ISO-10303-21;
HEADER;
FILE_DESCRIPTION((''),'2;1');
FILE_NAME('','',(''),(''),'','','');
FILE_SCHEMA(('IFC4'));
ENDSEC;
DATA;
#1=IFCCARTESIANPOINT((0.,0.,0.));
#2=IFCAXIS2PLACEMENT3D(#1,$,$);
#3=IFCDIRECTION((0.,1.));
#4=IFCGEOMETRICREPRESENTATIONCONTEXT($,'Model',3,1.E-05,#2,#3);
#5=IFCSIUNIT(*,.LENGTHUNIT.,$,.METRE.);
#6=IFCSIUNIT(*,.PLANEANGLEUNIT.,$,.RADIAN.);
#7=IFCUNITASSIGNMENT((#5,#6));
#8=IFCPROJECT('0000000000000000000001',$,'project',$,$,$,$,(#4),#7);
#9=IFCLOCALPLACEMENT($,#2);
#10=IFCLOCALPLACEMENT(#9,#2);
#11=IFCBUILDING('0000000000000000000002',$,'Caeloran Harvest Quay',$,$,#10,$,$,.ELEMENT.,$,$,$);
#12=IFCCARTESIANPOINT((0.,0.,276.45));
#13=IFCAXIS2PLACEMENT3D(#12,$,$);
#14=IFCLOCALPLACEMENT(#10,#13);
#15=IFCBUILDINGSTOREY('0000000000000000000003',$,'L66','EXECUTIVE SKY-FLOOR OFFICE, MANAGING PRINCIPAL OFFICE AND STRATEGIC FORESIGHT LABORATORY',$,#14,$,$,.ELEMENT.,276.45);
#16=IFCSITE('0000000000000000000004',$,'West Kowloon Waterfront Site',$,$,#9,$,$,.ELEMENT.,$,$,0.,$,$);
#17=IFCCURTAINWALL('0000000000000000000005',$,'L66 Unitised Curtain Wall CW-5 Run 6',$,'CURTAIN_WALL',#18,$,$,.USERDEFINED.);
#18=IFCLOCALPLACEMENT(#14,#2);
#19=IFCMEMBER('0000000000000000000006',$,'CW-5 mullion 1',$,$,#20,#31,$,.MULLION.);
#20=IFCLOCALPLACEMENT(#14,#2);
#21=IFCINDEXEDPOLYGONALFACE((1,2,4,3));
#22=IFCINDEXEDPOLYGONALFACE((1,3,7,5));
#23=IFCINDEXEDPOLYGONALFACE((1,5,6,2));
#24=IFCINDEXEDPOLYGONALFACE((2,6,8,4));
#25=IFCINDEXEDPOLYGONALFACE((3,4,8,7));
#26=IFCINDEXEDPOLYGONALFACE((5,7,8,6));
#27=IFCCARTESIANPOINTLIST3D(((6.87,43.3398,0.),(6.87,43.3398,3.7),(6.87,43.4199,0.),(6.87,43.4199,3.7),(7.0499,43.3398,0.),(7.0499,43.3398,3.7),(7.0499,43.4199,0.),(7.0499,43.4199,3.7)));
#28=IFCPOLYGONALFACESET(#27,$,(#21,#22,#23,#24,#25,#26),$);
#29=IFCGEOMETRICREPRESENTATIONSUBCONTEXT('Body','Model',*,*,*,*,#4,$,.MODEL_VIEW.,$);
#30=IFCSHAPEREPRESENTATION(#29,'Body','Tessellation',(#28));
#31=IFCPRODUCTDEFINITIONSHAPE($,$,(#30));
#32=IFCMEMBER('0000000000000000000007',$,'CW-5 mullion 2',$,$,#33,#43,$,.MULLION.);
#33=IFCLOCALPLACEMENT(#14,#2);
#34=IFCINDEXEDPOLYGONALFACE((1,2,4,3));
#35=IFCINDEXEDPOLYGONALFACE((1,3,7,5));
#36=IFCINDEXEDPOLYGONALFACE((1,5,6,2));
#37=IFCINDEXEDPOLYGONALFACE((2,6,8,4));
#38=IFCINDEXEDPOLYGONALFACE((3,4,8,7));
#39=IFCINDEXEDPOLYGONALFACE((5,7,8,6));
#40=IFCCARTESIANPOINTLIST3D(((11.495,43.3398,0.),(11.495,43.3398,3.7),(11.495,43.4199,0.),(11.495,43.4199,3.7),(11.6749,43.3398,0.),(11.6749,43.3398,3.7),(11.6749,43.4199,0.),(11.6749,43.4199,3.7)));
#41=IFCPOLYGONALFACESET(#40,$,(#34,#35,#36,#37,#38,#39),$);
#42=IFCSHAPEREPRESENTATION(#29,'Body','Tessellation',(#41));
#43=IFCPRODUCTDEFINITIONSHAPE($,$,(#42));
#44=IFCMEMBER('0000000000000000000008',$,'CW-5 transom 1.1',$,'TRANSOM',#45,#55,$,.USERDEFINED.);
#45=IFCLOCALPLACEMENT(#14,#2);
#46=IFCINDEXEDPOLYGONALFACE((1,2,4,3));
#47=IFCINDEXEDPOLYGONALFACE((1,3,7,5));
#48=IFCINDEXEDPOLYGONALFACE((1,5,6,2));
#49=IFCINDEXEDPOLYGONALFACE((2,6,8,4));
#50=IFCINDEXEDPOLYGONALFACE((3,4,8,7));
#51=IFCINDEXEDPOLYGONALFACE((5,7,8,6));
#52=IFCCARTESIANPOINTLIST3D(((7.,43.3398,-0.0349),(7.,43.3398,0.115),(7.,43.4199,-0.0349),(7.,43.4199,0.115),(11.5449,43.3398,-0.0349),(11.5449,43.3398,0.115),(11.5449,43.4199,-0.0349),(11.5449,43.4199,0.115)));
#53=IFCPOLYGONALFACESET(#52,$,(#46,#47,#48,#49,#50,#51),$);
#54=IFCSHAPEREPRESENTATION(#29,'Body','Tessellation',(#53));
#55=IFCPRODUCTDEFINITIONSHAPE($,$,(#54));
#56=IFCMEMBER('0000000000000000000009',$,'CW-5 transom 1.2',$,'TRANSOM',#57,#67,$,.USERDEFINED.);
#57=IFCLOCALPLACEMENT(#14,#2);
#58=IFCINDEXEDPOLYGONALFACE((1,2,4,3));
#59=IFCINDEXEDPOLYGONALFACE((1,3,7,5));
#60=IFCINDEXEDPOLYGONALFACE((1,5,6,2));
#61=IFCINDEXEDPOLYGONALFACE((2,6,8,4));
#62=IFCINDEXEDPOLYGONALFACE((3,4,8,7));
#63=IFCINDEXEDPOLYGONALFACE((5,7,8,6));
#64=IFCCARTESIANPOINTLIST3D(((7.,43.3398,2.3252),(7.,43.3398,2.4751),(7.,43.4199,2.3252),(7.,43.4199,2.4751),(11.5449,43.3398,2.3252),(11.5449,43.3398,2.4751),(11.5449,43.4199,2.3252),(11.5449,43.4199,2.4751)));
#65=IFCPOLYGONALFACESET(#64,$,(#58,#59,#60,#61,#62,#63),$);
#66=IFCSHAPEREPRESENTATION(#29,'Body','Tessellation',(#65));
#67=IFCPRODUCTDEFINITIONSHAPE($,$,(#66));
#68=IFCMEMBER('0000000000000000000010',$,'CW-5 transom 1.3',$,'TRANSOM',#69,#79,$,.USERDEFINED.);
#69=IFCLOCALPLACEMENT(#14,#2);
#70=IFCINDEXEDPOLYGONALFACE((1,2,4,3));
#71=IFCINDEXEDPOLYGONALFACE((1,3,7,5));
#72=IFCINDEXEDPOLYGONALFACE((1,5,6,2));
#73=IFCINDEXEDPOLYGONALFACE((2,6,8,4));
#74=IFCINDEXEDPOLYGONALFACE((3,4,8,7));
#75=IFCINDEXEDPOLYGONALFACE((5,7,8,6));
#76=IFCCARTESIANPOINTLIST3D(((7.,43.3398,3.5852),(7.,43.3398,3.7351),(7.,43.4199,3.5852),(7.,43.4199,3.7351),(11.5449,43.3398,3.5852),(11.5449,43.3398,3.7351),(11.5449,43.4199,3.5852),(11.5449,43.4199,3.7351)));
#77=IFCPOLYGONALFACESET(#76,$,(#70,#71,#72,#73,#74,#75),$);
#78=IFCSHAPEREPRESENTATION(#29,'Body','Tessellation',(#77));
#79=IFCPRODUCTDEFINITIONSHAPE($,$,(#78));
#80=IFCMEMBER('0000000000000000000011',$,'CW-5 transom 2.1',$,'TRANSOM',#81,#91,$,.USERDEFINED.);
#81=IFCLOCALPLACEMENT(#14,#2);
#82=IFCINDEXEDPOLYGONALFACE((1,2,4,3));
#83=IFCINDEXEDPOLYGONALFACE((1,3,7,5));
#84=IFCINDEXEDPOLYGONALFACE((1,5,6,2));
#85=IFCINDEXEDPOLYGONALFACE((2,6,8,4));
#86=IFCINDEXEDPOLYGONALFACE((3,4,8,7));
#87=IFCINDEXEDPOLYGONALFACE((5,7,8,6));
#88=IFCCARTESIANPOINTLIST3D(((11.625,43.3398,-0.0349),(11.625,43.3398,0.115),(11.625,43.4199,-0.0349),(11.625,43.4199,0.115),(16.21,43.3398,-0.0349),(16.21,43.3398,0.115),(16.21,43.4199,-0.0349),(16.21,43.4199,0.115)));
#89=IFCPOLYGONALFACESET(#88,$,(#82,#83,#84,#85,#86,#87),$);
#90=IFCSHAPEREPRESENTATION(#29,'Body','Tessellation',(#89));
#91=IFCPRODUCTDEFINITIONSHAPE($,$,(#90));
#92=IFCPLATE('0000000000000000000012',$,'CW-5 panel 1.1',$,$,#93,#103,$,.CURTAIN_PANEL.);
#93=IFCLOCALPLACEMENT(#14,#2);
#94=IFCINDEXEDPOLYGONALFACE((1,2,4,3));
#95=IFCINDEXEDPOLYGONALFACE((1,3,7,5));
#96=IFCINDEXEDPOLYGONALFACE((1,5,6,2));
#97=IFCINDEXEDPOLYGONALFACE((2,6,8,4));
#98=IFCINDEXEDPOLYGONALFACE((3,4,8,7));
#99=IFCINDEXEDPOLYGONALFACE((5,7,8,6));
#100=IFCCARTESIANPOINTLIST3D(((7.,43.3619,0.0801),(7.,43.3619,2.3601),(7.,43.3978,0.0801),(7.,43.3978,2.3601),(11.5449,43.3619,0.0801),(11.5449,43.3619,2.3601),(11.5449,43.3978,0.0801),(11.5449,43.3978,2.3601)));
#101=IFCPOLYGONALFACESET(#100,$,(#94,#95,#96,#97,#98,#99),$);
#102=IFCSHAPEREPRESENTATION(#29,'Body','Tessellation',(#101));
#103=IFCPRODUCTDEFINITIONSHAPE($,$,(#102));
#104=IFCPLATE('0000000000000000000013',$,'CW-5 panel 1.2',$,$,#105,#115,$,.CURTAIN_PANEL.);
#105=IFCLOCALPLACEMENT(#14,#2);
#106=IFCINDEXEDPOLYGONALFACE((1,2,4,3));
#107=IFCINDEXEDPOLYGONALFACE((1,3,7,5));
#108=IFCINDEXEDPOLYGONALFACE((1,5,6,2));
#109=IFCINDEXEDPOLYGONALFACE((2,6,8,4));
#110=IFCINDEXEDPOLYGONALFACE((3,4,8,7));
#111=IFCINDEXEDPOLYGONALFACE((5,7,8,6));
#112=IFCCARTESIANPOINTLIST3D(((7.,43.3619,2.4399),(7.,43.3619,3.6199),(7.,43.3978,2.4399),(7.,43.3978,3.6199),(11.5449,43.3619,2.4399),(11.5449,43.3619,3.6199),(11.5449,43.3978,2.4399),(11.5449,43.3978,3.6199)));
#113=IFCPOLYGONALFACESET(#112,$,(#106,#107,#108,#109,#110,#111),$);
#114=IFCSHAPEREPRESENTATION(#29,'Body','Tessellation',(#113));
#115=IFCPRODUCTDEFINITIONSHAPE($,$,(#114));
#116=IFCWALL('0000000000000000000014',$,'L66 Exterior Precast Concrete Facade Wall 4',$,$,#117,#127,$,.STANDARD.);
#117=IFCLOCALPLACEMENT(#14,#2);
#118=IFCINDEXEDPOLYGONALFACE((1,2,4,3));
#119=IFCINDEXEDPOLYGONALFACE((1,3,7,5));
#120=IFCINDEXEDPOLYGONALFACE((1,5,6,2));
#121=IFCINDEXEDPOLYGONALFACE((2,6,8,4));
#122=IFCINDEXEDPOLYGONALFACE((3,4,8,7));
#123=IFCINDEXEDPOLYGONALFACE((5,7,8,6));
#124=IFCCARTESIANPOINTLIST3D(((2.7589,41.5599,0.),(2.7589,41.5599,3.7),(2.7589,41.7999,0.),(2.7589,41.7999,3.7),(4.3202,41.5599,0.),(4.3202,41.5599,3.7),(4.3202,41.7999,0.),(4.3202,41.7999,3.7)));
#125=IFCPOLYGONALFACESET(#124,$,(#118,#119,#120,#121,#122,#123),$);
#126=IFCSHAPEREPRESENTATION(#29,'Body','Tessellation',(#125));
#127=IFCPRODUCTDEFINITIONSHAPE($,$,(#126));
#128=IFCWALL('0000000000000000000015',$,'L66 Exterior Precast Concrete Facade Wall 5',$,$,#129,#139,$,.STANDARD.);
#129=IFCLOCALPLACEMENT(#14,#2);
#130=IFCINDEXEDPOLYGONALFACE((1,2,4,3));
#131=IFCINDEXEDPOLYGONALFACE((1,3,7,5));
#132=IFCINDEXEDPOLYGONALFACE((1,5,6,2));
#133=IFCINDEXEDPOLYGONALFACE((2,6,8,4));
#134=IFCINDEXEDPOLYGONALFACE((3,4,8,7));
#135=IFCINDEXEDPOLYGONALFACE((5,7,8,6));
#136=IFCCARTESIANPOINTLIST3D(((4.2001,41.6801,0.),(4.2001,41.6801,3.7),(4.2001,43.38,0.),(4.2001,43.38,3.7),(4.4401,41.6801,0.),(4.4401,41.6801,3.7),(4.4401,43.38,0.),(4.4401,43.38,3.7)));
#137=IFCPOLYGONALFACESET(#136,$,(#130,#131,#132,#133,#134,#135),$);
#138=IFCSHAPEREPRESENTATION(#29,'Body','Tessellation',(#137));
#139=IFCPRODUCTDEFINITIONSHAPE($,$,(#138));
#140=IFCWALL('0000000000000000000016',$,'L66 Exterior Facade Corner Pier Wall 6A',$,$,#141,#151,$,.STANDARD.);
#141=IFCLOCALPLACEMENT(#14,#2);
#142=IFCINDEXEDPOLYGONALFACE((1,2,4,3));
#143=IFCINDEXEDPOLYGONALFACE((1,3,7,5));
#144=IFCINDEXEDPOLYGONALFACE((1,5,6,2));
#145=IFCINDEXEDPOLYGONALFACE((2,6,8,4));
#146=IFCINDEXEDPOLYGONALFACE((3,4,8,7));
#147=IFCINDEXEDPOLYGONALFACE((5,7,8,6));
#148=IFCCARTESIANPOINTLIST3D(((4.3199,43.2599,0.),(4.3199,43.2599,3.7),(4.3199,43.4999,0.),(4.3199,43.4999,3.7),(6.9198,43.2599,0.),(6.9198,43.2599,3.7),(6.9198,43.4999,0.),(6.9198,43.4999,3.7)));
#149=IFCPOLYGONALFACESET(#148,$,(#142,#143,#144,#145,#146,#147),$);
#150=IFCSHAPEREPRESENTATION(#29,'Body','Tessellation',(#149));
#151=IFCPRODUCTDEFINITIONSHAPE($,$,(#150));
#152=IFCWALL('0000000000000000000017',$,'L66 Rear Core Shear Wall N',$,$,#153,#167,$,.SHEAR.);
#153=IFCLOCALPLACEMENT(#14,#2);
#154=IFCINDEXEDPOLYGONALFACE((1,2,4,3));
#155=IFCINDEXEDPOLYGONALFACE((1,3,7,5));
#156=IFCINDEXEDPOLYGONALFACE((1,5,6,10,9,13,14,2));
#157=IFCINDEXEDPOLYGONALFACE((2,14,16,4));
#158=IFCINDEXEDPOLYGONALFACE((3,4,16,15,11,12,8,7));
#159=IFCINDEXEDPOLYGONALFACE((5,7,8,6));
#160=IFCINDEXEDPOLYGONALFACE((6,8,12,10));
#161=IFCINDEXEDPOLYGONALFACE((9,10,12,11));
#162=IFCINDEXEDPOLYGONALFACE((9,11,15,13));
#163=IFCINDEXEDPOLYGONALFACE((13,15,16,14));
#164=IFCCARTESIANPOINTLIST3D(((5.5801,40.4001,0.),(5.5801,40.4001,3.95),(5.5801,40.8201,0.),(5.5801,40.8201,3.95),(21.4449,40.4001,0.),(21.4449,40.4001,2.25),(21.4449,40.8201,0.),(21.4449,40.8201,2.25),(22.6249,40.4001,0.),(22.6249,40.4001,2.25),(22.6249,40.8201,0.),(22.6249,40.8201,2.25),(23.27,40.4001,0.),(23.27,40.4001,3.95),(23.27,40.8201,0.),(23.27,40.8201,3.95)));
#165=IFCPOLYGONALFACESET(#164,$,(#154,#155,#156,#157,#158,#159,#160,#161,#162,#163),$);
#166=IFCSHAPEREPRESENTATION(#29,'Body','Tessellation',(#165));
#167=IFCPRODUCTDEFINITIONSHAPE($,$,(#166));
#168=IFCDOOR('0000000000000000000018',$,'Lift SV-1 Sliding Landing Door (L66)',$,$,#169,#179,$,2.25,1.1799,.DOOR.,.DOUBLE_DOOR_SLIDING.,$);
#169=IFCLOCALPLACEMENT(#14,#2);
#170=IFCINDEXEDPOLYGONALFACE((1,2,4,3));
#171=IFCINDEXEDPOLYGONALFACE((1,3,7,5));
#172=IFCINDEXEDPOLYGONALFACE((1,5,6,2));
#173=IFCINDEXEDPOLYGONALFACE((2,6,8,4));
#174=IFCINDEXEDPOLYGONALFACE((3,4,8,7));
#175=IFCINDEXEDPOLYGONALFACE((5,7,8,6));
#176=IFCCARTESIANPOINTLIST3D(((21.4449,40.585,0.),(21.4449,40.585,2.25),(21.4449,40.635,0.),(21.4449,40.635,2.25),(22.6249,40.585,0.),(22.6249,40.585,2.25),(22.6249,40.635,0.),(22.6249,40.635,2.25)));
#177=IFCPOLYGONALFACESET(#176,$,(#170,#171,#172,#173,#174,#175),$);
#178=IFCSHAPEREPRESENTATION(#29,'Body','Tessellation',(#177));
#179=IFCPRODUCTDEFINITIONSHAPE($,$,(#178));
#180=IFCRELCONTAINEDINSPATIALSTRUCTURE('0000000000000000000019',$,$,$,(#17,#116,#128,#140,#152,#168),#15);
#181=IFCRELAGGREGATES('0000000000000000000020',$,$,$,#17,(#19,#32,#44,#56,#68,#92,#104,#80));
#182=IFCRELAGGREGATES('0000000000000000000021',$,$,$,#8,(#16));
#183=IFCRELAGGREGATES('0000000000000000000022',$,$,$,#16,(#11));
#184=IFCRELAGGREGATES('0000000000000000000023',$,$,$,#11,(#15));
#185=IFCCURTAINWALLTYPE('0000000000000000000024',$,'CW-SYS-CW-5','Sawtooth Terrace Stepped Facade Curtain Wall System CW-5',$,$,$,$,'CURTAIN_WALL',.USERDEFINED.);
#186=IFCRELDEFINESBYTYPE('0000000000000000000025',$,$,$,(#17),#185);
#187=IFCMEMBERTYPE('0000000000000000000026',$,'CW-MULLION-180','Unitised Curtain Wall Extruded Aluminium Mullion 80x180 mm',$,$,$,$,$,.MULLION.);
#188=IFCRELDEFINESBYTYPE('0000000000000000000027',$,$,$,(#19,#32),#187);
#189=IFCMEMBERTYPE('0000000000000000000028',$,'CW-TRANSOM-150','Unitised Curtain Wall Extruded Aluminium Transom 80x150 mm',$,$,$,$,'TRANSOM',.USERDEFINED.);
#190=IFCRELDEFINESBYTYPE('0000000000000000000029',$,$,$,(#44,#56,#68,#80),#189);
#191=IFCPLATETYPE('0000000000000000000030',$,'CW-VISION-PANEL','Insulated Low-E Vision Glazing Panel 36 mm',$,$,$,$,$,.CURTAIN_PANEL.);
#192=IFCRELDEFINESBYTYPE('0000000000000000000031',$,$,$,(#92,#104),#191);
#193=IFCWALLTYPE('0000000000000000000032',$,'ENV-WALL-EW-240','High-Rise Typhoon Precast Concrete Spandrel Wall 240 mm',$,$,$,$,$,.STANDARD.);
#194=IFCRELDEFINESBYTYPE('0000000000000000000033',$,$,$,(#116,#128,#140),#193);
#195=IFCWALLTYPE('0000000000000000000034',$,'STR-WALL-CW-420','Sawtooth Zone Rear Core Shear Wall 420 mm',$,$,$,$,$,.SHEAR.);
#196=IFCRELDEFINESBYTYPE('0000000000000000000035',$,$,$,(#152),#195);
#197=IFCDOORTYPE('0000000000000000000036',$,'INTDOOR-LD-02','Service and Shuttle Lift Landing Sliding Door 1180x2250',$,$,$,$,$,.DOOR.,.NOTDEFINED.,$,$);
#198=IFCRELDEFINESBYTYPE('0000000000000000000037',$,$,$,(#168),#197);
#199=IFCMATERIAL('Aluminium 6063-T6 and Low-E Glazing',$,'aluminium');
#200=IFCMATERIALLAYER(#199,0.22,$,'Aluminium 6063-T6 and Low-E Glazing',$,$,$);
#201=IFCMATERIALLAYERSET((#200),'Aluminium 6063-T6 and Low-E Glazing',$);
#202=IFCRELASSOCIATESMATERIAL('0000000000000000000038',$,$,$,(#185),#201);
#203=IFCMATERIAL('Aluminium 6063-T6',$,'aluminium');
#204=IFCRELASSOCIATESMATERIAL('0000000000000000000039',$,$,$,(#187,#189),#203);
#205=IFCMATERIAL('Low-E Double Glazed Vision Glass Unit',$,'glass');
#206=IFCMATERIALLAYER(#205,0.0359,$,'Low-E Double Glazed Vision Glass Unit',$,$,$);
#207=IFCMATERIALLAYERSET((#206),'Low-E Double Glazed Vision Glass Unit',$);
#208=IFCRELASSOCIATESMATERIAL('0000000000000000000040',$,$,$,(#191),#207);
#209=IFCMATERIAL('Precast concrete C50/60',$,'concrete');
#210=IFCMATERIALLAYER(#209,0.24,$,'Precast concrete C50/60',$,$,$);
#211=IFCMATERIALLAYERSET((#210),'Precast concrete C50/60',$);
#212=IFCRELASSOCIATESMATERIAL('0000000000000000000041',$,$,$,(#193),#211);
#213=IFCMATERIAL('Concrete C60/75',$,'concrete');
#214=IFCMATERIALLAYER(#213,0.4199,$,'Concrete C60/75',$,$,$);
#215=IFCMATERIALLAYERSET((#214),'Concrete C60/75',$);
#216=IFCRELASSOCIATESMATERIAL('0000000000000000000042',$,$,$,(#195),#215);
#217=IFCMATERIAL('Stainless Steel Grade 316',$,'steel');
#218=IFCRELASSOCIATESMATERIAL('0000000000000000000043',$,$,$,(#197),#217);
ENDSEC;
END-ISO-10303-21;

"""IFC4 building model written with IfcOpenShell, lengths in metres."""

from ifc_helpers import new_model, si_unit, direction, frame, frame_2d, origin, origin_2d, place, context, subcontext, project, spatial, rectangle, extrude, material, layer, layer_set, material_profile, profile_set, type_object, element, fill, aggregate, save


model = new_model("IFC4")

# Units and contexts
model_context = context("Model", 3, precision=1e-05, world=origin(), true_north=direction((0.0, 1.0)))
body_context = subcontext(model_context, "Body", "Model", "MODEL_VIEW")
ifc_project = project(units=[si_unit("LENGTHUNIT", "METRE"), si_unit("PLANEANGLEUNIT", "RADIAN")], contexts=[model_context])

# Site, building, storey
site_placement = place(None, origin())
site = spatial("IfcSite", under=ifc_project, at=site_placement, Name="West Kowloon Waterfront Site", CompositionType="ELEMENT", RefElevation=0.0)
building_placement = place(site_placement, origin())
building = spatial("IfcBuilding", under=site, at=building_placement, Name="Caeloran Harvest Quay", CompositionType="ELEMENT")
storey_placement = place(building_placement, frame((0.0, 0.0, 276.45)))
storey = spatial("IfcBuildingStorey", under=building, at=storey_placement, Name="L66", Description="EXECUTIVE SKY-FLOOR OFFICE, MANAGING PRINCIPAL OFFICE AND STRATEGIC FORESIGHT LABORATORY", CompositionType="ELEMENT", Elevation=276.45)

# Curtain wall, members, plates
ifc_material_1 = material(Name="Aluminium 6063-T6 and Low-E Glazing", Category="aluminium")
ifc_layer_1 = layer(ifc_material_1, 0.22, Name="Aluminium 6063-T6 and Low-E Glazing")
ifc_layer_set_1 = layer_set([ifc_layer_1], Name="Aluminium 6063-T6 and Low-E Glazing")
curtain_wall_type = type_object("IfcCurtainWallType", Name="CW-SYS-CW-5", Description="Sawtooth Terrace Stepped Facade Curtain Wall System CW-5", ElementType="CURTAIN_WALL", PredefinedType="USERDEFINED", material=ifc_layer_set_1)
curtain_wall_placement = place(storey_placement, origin())
curtain_wall = element("IfcCurtainWall", 1, at=curtain_wall_placement, inside=storey, type_object=curtain_wall_type, Name="L66 Unitised Curtain Wall CW-5 Run 6", ObjectType="CURTAIN_WALL", PredefinedType="USERDEFINED")
ifc_material_2 = material(Name="Aluminium 6063-T6", Category="aluminium")
ifc_material_profile_1 = material_profile(ifc_material_2, rectangle(XDim=0.0801, YDim=0.1799, at=origin_2d()), Name="CW-MULLION-180")
ifc_profile_set_1 = profile_set([ifc_material_profile_1], Name="Aluminium 6063-T6")
member_type_1 = type_object("IfcMemberType", Name="CW-MULLION-180", Description="Unitised Curtain Wall Extruded Aluminium Mullion 80x180 mm", PredefinedType="MULLION", material=ifc_profile_set_1)
member_1_placement = place(storey_placement, frame((6.96, 43.3799, 0.0), z_axis=(0.0, 0.0, 1.0), x_axis=(0.0, 1.0, 0.0)))
member_1 = element("IfcMember", 2, at=member_1_placement, type_object=member_type_1, Name="CW-5 mullion 1", PredefinedType="MULLION", context=body_context, shape_type="SweptSolid", body=[
    extrude(rectangle(XDim=0.0801, YDim=0.1799, at=origin_2d()), origin(), (0.0, 0.0, 1.0), 3.7),
])
member_2_placement = place(storey_placement, frame((11.585, 43.3799, 0.0), z_axis=(0.0, 0.0, 1.0), x_axis=(0.0, 1.0, 0.0)))
member_2 = element("IfcMember", 3, at=member_2_placement, type_object=member_type_1, Name="CW-5 mullion 2", PredefinedType="MULLION", context=body_context, shape_type="SweptSolid", body=[
    extrude(rectangle(XDim=0.0801, YDim=0.1799, at=origin_2d()), origin(), (0.0, 0.0, 1.0), 3.7),
])
ifc_material_profile_2 = material_profile(ifc_material_2, rectangle(XDim=0.0801, YDim=0.1499, at=origin_2d()), Name="CW-TRANSOM-150")
ifc_profile_set_2 = profile_set([ifc_material_profile_2], Name="Aluminium 6063-T6")
member_type_2 = type_object("IfcMemberType", Name="CW-TRANSOM-150", Description="Unitised Curtain Wall Extruded Aluminium Transom 80x150 mm", ElementType="TRANSOM", PredefinedType="USERDEFINED", material=ifc_profile_set_2)
member_3_placement = place(storey_placement, frame((7.0, 43.3799, 0.04), z_axis=(1.0, 0.0, 0.0), x_axis=(0.0, 1.0, 0.0)))
member_3 = element("IfcMember", 4, at=member_3_placement, type_object=member_type_2, Name="CW-5 transom 1.1", ObjectType="TRANSOM", PredefinedType="USERDEFINED", context=body_context, shape_type="SweptSolid", body=[
    extrude(rectangle(XDim=0.0801, YDim=0.1499, at=origin_2d()), origin(), (0.0, 0.0, 1.0), 4.5449),
])
member_4_placement = place(storey_placement, frame((7.0, 43.3799, 2.4001), z_axis=(1.0, 0.0, 0.0), x_axis=(0.0, 1.0, 0.0)))
member_4 = element("IfcMember", 5, at=member_4_placement, type_object=member_type_2, Name="CW-5 transom 1.2", ObjectType="TRANSOM", PredefinedType="USERDEFINED", context=body_context, shape_type="SweptSolid", body=[
    extrude(rectangle(XDim=0.0801, YDim=0.1499, at=origin_2d()), origin(), (0.0, 0.0, 1.0), 4.5449),
])
member_5_placement = place(storey_placement, frame((7.0, 43.3799, 3.6602), z_axis=(1.0, 0.0, 0.0), x_axis=(0.0, 1.0, 0.0)))
member_5 = element("IfcMember", 6, at=member_5_placement, type_object=member_type_2, Name="CW-5 transom 1.3", ObjectType="TRANSOM", PredefinedType="USERDEFINED", context=body_context, shape_type="SweptSolid", body=[
    extrude(rectangle(XDim=0.0801, YDim=0.1499, at=origin_2d()), origin(), (0.0, 0.0, 1.0), 4.5449),
])
member_6_placement = place(storey_placement, frame((11.625, 43.3799, 0.04), z_axis=(1.0, 0.0, 0.0), x_axis=(0.0, 1.0, 0.0)))
member_6 = element("IfcMember", 7, at=member_6_placement, type_object=member_type_2, Name="CW-5 transom 2.1", ObjectType="TRANSOM", PredefinedType="USERDEFINED", context=body_context, shape_type="SweptSolid", body=[
    extrude(rectangle(XDim=0.0801, YDim=0.1499, at=origin_2d()), origin(), (0.0, 0.0, 1.0), 4.585),
])
ifc_material_3 = material(Name="Low-E Double Glazed Vision Glass Unit", Category="glass")
ifc_layer_2 = layer(ifc_material_3, 0.0359, Name="Low-E Double Glazed Vision Glass Unit")
ifc_layer_set_2 = layer_set([ifc_layer_2], Name="Low-E Double Glazed Vision Glass Unit")
plate_type = type_object("IfcPlateType", Name="CW-VISION-PANEL", Description="Insulated Low-E Vision Glazing Panel 36 mm", PredefinedType="CURTAIN_PANEL", material=ifc_layer_set_2)
plate_1_placement = place(storey_placement, frame((9.2725, 43.3799, 0.0801), z_axis=(0.0, 0.0, 1.0), x_axis=(1.0, 0.0, 0.0)))
plate_1 = element("IfcPlate", 8, at=plate_1_placement, type_object=plate_type, Name="CW-5 panel 1.1", PredefinedType="CURTAIN_PANEL", context=body_context, shape_type="SweptSolid", body=[
    extrude(rectangle(XDim=4.5449, YDim=0.0359, at=origin_2d()), origin(), (0.0, 0.0, 1.0), 2.28),
])
plate_2_placement = place(storey_placement, frame((9.2725, 43.3799, 2.4399), z_axis=(0.0, 0.0, 1.0), x_axis=(1.0, 0.0, 0.0)))
plate_2 = element("IfcPlate", 9, at=plate_2_placement, type_object=plate_type, Name="CW-5 panel 1.2", PredefinedType="CURTAIN_PANEL", context=body_context, shape_type="SweptSolid", body=[
    extrude(rectangle(XDim=4.5449, YDim=0.0359, at=origin_2d()), origin(), (0.0, 0.0, 1.0), 1.1799),
])
aggregate(curtain_wall, [member_1, member_2, member_3, member_4, member_5, plate_1, plate_2, member_6])

# Walls
ifc_material_4 = material(Name="Precast concrete C50/60", Category="concrete")
ifc_layer_3 = layer(ifc_material_4, 0.24, Name="Precast concrete C50/60")
ifc_layer_set_3 = layer_set([ifc_layer_3], Name="Precast concrete C50/60")
wall_type_1 = type_object("IfcWallType", Name="ENV-WALL-EW-240", Description="High-Rise Typhoon Precast Concrete Spandrel Wall 240 mm", PredefinedType="STANDARD", material=ifc_layer_set_3)
wall_1_placement = place(storey_placement, frame((2.7588, 41.6799, 0.0), z_axis=(0.0, 0.0, 1.0), x_axis=(1.0, 0.0, 0.0)))
element("IfcWall", 10, at=wall_1_placement, inside=storey, type_object=wall_type_1, Name="L66 Exterior Precast Concrete Facade Wall 4", PredefinedType="STANDARD", context=body_context, shape_type="SweptSolid", body=[
    extrude(rectangle(XDim=1.5613, YDim=0.24, at=frame_2d((0.7808, 0.0))), origin(), (0.0, 0.0, 1.0), 3.7),
])
wall_2_placement = place(storey_placement, frame((4.3201, 41.6799, 0.0), z_axis=(0.0, 0.0, 1.0), x_axis=(0.0, 1.0, 0.0)))
element("IfcWall", 11, at=wall_2_placement, inside=storey, type_object=wall_type_1, Name="L66 Exterior Precast Concrete Facade Wall 5", PredefinedType="STANDARD", context=body_context, shape_type="SweptSolid", body=[
    extrude(rectangle(XDim=1.7, YDim=0.24, at=frame_2d((0.8501, 0.0))), origin(), (0.0, 0.0, 1.0), 3.7),
])
wall_3_placement = place(storey_placement, frame((4.3201, 43.3799, 0.0), z_axis=(0.0, 0.0, 1.0), x_axis=(1.0, 0.0, 0.0)))
element("IfcWall", 12, at=wall_3_placement, inside=storey, type_object=wall_type_1, Name="L66 Exterior Facade Corner Pier Wall 6A", PredefinedType="STANDARD", context=body_context, shape_type="SweptSolid", body=[
    extrude(rectangle(XDim=2.5999, YDim=0.24, at=frame_2d((1.2998, 0.0))), origin(), (0.0, 0.0, 1.0), 3.7),
])

# Wall, opening, door
ifc_material_5 = material(Name="Concrete C60/75", Category="concrete")
ifc_layer_4 = layer(ifc_material_5, 0.4199, Name="Concrete C60/75")
ifc_layer_set_4 = layer_set([ifc_layer_4], Name="Concrete C60/75")
wall_type_2 = type_object("IfcWallType", Name="STR-WALL-CW-420", Description="Sawtooth Zone Rear Core Shear Wall 420 mm", PredefinedType="SHEAR", material=ifc_layer_set_4)
wall_4_placement = place(storey_placement, frame((5.5801, 40.6101, 0.0), z_axis=(0.0, 0.0, 1.0), x_axis=(1.0, 0.0, 0.0)))
wall_4 = element("IfcWall", 13, at=wall_4_placement, inside=storey, type_object=wall_type_2, Name="L66 Rear Core Shear Wall N", PredefinedType="SHEAR", context=body_context, shape_type="SweptSolid", body=[
    extrude(rectangle(XDim=17.6899, YDim=0.4199, at=frame_2d((8.845, 0.0))), origin(), (0.0, 0.0, 1.0), 3.95),
])
opening_placement = place(wall_4_placement, frame((15.865, 0.0, 0.0)))
opening = element("IfcOpeningElement", 14, at=opening_placement, cuts=wall_4, PredefinedType="OPENING", context=body_context, shape_type="SweptSolid", body=[
    extrude(rectangle(XDim=1.1799, YDim=2.25, at=frame_2d((0.5898, 1.125))), frame((0.0, 0.22, 0.0), z_axis=(0.0, -1.0, 0.0), x_axis=(1.0, 0.0, 0.0)), (0.0, 0.0, 1.0), 0.4399),
])
ifc_material_6 = material(Name="Stainless Steel Grade 316", Category="steel")
door_type = type_object("IfcDoorType", Name="INTDOOR-LD-02", Description="Service and Shuttle Lift Landing Sliding Door 1180x2250", OperationType="NOTDEFINED", PredefinedType="DOOR", material=ifc_material_6)
door_placement = place(opening_placement, origin())
door = element("IfcDoor", 15, at=door_placement, inside=storey, type_object=door_type, Name="Lift SV-1 Sliding Landing Door (L66)", OperationType="DOUBLE_DOOR_SLIDING", OverallHeight=2.25, OverallWidth=1.1799, PredefinedType="DOOR", context=body_context, shape_type="SweptSolid", body=[
    extrude(rectangle(XDim=1.1799, YDim=2.25, at=frame_2d((0.5898, 1.125))), frame((0.0, 0.0249, 0.0), z_axis=(0.0, -1.0, 0.0), x_axis=(1.0, 0.0, 0.0)), (0.0, 0.0, 1.0), 0.05),
])
fill(opening, door)

save(model, "model.ifc")
